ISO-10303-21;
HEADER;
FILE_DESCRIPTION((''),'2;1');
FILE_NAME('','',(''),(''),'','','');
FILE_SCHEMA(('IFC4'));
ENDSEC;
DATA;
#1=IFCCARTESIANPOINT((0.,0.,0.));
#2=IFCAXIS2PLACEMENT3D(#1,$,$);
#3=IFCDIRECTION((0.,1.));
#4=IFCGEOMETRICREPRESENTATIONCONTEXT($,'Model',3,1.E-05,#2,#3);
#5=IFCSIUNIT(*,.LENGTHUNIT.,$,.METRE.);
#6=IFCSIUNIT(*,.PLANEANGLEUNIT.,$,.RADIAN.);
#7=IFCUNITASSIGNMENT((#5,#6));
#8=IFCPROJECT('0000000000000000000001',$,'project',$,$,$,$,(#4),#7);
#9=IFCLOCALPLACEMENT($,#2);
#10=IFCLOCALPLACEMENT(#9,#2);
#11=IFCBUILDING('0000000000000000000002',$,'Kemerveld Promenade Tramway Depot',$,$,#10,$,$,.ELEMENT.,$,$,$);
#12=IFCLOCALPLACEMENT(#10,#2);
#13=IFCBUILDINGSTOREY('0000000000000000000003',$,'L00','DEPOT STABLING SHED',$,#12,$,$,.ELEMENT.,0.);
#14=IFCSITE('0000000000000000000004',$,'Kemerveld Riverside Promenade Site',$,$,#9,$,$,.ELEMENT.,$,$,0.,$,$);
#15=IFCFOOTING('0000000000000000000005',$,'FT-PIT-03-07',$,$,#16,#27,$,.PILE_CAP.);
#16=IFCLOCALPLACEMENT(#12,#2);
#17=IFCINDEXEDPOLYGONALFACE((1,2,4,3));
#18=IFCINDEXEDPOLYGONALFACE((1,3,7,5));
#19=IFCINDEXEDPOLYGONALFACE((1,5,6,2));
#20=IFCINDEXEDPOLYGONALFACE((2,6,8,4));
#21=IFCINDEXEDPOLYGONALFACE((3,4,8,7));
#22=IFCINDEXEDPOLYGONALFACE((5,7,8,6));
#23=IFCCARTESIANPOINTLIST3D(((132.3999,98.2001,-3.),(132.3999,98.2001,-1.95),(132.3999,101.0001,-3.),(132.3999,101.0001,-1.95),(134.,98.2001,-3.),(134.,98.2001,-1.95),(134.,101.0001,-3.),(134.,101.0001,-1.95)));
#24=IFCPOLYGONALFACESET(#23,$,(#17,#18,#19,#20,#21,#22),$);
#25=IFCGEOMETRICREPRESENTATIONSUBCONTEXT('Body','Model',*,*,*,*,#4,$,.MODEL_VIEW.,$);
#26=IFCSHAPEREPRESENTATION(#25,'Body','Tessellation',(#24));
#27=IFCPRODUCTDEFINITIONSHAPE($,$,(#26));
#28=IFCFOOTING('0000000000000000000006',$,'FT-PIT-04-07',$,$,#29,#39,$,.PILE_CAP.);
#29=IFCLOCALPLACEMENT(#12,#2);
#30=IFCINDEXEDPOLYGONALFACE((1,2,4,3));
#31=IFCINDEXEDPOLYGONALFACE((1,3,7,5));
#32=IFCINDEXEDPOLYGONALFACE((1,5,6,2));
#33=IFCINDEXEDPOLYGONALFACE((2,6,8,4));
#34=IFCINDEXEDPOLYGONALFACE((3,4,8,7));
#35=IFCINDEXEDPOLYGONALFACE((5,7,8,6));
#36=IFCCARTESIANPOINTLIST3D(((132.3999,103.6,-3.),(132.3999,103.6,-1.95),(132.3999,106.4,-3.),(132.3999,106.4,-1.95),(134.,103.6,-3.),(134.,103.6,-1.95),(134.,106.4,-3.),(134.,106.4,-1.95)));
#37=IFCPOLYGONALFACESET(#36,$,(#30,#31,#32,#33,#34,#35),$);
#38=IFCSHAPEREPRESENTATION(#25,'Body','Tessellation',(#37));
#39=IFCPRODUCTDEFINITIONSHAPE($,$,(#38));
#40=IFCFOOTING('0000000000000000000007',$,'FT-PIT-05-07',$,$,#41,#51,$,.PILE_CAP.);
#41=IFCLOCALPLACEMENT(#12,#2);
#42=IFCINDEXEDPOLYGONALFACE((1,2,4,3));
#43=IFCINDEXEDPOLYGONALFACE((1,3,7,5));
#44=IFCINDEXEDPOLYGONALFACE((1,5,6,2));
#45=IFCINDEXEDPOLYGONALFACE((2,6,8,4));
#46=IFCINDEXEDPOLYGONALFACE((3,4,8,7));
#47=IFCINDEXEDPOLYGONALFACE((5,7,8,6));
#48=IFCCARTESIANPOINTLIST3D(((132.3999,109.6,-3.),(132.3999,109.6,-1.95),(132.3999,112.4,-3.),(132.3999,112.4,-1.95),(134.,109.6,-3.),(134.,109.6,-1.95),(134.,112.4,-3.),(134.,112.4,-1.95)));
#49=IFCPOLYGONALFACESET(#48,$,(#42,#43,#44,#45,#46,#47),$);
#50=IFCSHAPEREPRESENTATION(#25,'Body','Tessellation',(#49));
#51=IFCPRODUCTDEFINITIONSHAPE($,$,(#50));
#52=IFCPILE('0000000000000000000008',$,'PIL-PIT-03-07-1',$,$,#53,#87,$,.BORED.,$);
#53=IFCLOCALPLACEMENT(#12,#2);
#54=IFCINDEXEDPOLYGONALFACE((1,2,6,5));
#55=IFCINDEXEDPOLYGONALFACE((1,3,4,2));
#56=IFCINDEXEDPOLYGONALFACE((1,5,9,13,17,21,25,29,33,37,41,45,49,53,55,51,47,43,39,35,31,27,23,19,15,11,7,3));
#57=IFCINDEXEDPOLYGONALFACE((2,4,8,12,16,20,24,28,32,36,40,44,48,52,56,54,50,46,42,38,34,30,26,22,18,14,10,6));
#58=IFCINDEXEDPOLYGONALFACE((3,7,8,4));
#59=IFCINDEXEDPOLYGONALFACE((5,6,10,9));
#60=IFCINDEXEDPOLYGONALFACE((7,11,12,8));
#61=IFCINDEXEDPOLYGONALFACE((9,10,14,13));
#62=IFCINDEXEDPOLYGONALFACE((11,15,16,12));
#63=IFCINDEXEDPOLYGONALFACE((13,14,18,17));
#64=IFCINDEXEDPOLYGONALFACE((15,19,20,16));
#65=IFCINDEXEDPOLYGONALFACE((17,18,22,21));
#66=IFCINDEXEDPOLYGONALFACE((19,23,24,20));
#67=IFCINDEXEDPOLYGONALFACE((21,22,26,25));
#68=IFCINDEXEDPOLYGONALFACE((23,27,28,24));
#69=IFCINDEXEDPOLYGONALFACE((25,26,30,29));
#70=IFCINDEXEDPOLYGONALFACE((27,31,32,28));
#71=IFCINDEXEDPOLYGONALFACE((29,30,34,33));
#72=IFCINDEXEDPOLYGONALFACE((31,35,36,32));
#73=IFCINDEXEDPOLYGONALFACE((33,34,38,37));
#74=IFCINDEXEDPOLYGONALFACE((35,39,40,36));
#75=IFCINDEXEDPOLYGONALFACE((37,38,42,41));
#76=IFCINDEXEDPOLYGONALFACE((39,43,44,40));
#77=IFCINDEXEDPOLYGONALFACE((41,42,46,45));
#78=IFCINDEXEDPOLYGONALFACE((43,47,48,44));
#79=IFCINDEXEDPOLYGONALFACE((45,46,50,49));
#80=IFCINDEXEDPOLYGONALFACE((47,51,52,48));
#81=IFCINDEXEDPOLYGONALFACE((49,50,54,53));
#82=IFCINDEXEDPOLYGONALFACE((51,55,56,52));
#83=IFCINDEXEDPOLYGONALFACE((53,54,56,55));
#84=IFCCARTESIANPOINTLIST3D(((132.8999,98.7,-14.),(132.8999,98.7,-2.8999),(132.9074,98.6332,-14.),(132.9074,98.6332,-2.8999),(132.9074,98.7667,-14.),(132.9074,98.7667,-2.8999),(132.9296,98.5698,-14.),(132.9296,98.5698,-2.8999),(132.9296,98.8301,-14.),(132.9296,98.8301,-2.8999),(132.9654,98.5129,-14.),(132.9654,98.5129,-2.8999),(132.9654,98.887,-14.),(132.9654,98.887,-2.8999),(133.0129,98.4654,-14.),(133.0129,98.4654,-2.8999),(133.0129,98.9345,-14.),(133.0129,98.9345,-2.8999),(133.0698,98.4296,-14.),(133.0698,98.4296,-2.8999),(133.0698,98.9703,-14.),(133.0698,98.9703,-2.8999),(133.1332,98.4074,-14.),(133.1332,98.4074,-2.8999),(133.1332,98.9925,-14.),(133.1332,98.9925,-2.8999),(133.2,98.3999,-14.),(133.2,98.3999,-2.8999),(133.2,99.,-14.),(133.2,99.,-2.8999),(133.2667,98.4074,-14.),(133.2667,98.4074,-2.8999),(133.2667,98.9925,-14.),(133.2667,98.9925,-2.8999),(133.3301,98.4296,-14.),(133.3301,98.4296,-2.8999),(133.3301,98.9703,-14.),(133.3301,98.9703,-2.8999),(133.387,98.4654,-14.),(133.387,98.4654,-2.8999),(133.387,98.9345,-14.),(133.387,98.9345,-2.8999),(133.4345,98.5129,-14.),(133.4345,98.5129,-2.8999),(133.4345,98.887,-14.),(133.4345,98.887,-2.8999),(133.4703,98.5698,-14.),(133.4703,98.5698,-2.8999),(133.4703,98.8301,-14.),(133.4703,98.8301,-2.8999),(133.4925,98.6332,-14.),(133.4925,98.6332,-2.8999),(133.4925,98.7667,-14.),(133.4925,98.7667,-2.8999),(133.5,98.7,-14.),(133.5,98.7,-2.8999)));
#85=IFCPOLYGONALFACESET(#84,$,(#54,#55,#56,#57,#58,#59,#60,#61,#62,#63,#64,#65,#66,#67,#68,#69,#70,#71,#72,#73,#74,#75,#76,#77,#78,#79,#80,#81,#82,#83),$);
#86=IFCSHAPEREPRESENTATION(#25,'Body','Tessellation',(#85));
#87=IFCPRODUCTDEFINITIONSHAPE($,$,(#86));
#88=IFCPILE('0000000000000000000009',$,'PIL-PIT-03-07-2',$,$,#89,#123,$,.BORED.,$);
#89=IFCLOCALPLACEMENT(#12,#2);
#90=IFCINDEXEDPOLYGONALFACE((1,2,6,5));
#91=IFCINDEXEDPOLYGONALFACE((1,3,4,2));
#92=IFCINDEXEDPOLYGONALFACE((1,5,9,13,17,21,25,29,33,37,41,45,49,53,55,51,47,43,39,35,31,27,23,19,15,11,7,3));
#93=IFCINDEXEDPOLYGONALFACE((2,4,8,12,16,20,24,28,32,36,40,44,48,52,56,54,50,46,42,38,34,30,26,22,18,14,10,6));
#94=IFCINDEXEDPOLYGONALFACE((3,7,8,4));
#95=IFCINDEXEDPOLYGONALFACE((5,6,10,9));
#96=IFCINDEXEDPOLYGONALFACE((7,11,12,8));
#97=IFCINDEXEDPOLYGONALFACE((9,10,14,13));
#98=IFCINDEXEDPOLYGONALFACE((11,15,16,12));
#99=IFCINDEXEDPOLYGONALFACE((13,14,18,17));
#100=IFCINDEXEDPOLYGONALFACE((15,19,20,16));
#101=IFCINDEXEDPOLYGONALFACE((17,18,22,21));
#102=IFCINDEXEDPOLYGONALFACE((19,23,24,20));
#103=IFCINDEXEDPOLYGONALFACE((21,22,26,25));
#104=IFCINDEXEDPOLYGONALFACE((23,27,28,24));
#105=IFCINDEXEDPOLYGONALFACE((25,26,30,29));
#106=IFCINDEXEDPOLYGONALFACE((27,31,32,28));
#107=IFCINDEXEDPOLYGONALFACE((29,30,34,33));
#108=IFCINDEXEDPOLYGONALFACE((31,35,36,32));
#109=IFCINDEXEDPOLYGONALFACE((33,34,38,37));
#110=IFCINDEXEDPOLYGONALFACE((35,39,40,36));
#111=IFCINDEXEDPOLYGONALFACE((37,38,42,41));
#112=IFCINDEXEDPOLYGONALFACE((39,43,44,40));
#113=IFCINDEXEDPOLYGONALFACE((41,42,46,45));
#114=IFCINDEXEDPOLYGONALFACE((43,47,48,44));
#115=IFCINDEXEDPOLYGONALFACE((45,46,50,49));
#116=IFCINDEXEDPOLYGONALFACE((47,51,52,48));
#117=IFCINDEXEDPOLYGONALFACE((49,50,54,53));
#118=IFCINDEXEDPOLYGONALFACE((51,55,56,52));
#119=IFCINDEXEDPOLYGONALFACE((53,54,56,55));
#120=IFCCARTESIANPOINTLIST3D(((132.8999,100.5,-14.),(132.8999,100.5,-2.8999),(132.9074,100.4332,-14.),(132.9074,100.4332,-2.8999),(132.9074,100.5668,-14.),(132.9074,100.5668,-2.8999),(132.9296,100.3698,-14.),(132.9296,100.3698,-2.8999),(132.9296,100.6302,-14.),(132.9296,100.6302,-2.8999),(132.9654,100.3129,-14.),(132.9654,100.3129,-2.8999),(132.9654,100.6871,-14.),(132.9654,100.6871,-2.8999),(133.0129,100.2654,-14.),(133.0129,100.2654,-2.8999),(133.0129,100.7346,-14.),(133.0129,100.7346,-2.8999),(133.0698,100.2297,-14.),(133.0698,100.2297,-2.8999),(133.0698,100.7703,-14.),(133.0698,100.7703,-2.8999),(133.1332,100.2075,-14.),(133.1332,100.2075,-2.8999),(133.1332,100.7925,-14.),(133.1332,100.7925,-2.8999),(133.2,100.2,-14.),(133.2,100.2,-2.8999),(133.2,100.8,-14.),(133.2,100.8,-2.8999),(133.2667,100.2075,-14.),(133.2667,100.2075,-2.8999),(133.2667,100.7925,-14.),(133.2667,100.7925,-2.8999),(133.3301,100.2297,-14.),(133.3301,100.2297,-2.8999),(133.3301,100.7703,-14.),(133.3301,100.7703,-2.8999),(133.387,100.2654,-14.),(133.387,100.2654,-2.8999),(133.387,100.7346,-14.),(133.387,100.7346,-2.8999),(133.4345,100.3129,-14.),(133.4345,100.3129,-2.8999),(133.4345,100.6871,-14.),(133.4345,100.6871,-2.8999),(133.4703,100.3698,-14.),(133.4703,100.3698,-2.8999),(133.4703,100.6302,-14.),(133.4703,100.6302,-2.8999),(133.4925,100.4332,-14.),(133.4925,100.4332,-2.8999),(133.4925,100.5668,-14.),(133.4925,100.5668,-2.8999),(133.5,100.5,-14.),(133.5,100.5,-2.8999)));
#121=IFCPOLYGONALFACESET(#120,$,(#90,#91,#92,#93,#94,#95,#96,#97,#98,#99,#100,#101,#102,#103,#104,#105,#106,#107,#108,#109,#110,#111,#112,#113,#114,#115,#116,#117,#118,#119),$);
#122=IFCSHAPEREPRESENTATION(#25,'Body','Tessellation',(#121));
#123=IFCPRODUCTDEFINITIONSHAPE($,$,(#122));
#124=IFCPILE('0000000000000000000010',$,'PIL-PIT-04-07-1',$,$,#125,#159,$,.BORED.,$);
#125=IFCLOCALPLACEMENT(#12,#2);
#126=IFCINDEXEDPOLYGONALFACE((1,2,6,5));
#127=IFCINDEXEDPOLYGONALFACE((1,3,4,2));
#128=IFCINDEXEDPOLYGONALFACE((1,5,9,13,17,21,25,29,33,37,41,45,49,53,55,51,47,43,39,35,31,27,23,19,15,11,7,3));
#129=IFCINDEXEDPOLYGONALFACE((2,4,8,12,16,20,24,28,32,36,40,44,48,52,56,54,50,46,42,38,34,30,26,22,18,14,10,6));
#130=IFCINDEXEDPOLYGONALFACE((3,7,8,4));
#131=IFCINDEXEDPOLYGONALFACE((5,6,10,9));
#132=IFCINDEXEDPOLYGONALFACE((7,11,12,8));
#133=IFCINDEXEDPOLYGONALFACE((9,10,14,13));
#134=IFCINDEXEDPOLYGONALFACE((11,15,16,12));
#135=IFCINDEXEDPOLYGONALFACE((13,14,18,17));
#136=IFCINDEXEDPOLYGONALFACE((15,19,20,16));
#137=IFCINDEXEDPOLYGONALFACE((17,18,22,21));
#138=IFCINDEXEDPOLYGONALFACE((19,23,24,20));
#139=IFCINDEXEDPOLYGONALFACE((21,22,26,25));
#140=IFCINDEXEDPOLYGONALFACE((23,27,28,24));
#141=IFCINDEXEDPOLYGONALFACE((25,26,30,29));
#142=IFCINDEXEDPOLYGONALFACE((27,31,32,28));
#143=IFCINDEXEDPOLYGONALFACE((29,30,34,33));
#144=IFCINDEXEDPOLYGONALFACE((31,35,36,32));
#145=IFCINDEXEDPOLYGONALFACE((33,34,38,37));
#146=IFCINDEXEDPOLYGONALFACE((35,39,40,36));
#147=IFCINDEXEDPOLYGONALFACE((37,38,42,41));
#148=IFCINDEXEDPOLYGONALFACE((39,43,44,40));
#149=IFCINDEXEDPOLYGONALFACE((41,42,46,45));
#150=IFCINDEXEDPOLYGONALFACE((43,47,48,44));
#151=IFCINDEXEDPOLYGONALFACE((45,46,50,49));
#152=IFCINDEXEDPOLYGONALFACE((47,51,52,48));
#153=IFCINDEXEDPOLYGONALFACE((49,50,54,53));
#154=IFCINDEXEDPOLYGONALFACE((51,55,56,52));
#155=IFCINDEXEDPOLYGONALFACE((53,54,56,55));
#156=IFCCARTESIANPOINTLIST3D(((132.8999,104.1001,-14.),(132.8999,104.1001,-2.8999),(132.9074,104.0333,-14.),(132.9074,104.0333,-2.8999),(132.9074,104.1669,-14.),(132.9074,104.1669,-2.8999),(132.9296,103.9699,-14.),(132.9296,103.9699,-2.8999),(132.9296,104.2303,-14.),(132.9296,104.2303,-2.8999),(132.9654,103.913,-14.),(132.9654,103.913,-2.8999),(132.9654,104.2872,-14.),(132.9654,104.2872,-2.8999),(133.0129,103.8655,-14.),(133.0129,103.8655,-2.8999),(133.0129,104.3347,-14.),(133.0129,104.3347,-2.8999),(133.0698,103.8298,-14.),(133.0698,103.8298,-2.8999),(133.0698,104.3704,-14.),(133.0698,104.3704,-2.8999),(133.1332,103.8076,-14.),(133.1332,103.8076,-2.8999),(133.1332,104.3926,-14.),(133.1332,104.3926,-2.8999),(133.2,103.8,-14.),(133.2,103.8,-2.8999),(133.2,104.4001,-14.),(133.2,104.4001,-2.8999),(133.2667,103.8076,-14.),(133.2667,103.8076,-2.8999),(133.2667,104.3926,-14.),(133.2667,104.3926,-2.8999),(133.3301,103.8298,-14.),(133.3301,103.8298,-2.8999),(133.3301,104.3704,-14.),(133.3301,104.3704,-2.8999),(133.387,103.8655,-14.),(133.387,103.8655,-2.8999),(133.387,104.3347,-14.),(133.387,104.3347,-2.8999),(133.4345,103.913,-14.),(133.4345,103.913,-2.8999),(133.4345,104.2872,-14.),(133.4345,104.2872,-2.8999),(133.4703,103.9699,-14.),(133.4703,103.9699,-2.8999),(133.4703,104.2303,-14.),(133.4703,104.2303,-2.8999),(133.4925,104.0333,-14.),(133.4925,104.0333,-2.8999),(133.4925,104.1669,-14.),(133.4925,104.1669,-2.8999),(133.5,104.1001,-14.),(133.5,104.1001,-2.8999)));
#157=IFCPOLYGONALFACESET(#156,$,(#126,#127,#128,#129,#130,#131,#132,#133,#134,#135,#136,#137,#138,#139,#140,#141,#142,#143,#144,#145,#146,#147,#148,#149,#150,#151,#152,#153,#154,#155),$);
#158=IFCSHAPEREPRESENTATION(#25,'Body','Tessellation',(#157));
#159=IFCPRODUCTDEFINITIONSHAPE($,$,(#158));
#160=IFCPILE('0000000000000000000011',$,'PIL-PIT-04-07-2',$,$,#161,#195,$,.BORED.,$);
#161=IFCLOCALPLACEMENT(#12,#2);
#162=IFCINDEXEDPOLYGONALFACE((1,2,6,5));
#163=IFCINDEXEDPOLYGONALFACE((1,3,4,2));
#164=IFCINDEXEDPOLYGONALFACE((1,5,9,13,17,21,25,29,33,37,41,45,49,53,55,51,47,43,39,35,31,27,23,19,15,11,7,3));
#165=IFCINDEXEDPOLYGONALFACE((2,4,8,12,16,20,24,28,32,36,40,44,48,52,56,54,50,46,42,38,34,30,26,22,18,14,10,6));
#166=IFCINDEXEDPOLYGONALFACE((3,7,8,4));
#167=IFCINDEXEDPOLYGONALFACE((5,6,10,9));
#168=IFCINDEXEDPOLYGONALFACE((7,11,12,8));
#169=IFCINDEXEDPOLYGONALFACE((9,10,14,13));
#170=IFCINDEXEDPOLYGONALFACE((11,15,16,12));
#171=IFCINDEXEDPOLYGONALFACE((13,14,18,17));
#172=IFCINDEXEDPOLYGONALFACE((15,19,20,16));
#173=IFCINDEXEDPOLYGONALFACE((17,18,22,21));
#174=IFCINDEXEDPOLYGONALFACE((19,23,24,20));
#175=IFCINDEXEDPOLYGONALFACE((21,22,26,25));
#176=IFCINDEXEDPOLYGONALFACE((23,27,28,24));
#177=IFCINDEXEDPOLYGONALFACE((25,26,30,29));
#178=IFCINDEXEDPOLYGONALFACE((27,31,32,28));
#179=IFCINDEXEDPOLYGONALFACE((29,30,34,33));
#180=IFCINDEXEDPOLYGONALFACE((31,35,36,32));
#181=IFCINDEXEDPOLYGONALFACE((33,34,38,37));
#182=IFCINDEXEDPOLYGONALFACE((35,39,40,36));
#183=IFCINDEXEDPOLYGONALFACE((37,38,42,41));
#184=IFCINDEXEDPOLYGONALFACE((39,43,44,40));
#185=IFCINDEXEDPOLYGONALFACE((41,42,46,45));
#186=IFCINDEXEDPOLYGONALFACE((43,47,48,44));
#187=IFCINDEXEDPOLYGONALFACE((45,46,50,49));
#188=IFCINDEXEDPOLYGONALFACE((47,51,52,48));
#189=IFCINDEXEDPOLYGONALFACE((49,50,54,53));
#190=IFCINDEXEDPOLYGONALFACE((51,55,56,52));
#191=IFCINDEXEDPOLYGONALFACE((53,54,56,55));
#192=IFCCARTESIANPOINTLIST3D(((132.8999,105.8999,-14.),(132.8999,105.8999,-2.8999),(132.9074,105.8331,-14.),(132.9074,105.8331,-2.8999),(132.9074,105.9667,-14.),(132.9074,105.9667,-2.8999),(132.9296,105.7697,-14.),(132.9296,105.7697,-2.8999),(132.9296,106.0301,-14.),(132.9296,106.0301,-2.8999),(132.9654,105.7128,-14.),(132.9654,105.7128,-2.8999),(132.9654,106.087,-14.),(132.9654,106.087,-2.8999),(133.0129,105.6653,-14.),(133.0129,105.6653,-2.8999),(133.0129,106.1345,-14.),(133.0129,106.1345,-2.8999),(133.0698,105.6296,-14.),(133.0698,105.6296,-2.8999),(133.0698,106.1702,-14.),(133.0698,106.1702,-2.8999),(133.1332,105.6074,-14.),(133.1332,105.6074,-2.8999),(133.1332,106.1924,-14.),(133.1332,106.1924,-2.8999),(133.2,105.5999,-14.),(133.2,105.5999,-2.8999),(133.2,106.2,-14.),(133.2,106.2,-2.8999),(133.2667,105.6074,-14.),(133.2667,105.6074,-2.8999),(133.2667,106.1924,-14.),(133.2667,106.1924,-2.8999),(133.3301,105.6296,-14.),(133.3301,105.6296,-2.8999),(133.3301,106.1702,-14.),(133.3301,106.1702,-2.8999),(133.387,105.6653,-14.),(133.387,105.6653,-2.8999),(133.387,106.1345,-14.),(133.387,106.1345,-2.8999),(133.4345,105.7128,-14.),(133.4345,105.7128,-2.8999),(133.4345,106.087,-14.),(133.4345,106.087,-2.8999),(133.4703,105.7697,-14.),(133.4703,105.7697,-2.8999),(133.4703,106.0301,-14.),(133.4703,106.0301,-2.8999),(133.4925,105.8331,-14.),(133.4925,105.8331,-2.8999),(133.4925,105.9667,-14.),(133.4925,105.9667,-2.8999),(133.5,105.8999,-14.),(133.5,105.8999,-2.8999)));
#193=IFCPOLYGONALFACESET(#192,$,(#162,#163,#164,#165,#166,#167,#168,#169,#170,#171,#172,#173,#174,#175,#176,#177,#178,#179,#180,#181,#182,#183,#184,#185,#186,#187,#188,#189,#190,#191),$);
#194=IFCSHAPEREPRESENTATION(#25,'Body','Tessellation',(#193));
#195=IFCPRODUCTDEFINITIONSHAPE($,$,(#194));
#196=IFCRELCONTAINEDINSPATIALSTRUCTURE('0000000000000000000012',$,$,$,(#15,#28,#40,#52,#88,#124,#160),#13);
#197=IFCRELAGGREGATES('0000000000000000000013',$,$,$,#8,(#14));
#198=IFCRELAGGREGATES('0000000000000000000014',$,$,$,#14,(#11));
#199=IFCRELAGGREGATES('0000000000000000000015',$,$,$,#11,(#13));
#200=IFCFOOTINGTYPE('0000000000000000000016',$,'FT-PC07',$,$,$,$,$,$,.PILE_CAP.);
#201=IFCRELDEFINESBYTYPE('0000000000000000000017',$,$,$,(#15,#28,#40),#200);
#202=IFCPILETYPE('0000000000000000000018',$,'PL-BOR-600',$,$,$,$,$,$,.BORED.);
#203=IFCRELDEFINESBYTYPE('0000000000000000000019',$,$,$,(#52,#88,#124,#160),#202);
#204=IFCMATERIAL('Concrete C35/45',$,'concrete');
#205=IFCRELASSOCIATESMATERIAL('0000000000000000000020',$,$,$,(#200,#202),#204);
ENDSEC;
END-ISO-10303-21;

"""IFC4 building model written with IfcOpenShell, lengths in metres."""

from ifc_helpers import new_model, si_unit, direction, frame, origin, origin_2d, place, context, subcontext, project, spatial, rectangle, circle, extrude, material, material_profile, profile_set, type_object, element, save


model = new_model("IFC4")

# Units and contexts
model_context = context("Model", 3, precision=1e-05, world=origin(), true_north=direction((0.0, 1.0)))
body_context = subcontext(model_context, "Body", "Model", "MODEL_VIEW")
ifc_project = project(units=[si_unit("LENGTHUNIT", "METRE"), si_unit("PLANEANGLEUNIT", "RADIAN")], contexts=[model_context])

# Site, building, storey
site_placement = place(None, origin())
site = spatial("IfcSite", under=ifc_project, at=site_placement, Name="Kemerveld Riverside Promenade Site", CompositionType="ELEMENT", RefElevation=0.0)
building_placement = place(site_placement, origin())
building = spatial("IfcBuilding", under=site, at=building_placement, Name="Kemerveld Promenade Tramway Depot", CompositionType="ELEMENT")
storey_placement = place(building_placement, origin())
storey = spatial("IfcBuildingStorey", under=building, at=storey_placement, Name="L00", Description="DEPOT STABLING SHED", CompositionType="ELEMENT", Elevation=0.0)

# Footings
ifc_material_1 = material(Name="Concrete C35/45", Category="concrete")
footing_type = type_object("IfcFootingType", Name="FT-PC07", PredefinedType="PILE_CAP", material=ifc_material_1)
for number, where, z_axis, x_axis, name in (
    (1, (133.2, 99.6001, -3.0), (0.0, 0.0, 1.0), (1.0, 0.0, 0.0), "FT-PIT-03-07"),
    (2, (133.2, 105.0, -3.0), (0.0, 0.0, 1.0), (1.0, 0.0, 0.0), "FT-PIT-04-07"),
    (3, (133.2, 111.0, -3.0), (0.0, 0.0, 1.0), (1.0, 0.0, 0.0), "FT-PIT-05-07"),
):
    element("IfcFooting", number, at=place(storey_placement, frame(where, z_axis=z_axis, x_axis=x_axis)), inside=storey, type_object=footing_type, Name=name, PredefinedType="PILE_CAP", context=body_context, shape_type="SweptSolid", body=[
        extrude(rectangle(XDim=1.6001, YDim=2.8, at=origin_2d()), origin(), (0.0, 0.0, 1.0), 1.05),
    ])

# Piles
ifc_material_profile_1 = material_profile(ifc_material_1, circle(Radius=0.3, at=origin_2d()), Name="PILE-D600")
ifc_profile_set_1 = profile_set([ifc_material_profile_1], Name="Concrete C35/45")
pile_type = type_object("IfcPileType", Name="PL-BOR-600", PredefinedType="BORED", material=ifc_profile_set_1)
for number, where, z_axis, x_axis, name in (
    (4, (133.2, 98.7, -2.8999), (0.0, 0.0, -1.0), (1.0, 0.0, 0.0), "PIL-PIT-03-07-1"),
    (5, (133.2, 100.5, -2.8999), (0.0, 0.0, -1.0), (1.0, 0.0, 0.0), "PIL-PIT-03-07-2"),
    (6, (133.2, 104.1001, -2.8999), (0.0, 0.0, -1.0), (1.0, 0.0, 0.0), "PIL-PIT-04-07-1"),
    (7, (133.2, 105.8999, -2.8999), (0.0, 0.0, -1.0), (1.0, 0.0, 0.0), "PIL-PIT-04-07-2"),
):
    element("IfcPile", number, at=place(storey_placement, frame(where, z_axis=z_axis, x_axis=x_axis)), inside=storey, type_object=pile_type, Name=name, PredefinedType="BORED", context=body_context, shape_type="SweptSolid", body=[
        extrude(circle(Radius=0.3, at=origin_2d()), origin(), (0.0, 0.0, 1.0), 11.1001),
    ])

save(model, "model.ifc")
